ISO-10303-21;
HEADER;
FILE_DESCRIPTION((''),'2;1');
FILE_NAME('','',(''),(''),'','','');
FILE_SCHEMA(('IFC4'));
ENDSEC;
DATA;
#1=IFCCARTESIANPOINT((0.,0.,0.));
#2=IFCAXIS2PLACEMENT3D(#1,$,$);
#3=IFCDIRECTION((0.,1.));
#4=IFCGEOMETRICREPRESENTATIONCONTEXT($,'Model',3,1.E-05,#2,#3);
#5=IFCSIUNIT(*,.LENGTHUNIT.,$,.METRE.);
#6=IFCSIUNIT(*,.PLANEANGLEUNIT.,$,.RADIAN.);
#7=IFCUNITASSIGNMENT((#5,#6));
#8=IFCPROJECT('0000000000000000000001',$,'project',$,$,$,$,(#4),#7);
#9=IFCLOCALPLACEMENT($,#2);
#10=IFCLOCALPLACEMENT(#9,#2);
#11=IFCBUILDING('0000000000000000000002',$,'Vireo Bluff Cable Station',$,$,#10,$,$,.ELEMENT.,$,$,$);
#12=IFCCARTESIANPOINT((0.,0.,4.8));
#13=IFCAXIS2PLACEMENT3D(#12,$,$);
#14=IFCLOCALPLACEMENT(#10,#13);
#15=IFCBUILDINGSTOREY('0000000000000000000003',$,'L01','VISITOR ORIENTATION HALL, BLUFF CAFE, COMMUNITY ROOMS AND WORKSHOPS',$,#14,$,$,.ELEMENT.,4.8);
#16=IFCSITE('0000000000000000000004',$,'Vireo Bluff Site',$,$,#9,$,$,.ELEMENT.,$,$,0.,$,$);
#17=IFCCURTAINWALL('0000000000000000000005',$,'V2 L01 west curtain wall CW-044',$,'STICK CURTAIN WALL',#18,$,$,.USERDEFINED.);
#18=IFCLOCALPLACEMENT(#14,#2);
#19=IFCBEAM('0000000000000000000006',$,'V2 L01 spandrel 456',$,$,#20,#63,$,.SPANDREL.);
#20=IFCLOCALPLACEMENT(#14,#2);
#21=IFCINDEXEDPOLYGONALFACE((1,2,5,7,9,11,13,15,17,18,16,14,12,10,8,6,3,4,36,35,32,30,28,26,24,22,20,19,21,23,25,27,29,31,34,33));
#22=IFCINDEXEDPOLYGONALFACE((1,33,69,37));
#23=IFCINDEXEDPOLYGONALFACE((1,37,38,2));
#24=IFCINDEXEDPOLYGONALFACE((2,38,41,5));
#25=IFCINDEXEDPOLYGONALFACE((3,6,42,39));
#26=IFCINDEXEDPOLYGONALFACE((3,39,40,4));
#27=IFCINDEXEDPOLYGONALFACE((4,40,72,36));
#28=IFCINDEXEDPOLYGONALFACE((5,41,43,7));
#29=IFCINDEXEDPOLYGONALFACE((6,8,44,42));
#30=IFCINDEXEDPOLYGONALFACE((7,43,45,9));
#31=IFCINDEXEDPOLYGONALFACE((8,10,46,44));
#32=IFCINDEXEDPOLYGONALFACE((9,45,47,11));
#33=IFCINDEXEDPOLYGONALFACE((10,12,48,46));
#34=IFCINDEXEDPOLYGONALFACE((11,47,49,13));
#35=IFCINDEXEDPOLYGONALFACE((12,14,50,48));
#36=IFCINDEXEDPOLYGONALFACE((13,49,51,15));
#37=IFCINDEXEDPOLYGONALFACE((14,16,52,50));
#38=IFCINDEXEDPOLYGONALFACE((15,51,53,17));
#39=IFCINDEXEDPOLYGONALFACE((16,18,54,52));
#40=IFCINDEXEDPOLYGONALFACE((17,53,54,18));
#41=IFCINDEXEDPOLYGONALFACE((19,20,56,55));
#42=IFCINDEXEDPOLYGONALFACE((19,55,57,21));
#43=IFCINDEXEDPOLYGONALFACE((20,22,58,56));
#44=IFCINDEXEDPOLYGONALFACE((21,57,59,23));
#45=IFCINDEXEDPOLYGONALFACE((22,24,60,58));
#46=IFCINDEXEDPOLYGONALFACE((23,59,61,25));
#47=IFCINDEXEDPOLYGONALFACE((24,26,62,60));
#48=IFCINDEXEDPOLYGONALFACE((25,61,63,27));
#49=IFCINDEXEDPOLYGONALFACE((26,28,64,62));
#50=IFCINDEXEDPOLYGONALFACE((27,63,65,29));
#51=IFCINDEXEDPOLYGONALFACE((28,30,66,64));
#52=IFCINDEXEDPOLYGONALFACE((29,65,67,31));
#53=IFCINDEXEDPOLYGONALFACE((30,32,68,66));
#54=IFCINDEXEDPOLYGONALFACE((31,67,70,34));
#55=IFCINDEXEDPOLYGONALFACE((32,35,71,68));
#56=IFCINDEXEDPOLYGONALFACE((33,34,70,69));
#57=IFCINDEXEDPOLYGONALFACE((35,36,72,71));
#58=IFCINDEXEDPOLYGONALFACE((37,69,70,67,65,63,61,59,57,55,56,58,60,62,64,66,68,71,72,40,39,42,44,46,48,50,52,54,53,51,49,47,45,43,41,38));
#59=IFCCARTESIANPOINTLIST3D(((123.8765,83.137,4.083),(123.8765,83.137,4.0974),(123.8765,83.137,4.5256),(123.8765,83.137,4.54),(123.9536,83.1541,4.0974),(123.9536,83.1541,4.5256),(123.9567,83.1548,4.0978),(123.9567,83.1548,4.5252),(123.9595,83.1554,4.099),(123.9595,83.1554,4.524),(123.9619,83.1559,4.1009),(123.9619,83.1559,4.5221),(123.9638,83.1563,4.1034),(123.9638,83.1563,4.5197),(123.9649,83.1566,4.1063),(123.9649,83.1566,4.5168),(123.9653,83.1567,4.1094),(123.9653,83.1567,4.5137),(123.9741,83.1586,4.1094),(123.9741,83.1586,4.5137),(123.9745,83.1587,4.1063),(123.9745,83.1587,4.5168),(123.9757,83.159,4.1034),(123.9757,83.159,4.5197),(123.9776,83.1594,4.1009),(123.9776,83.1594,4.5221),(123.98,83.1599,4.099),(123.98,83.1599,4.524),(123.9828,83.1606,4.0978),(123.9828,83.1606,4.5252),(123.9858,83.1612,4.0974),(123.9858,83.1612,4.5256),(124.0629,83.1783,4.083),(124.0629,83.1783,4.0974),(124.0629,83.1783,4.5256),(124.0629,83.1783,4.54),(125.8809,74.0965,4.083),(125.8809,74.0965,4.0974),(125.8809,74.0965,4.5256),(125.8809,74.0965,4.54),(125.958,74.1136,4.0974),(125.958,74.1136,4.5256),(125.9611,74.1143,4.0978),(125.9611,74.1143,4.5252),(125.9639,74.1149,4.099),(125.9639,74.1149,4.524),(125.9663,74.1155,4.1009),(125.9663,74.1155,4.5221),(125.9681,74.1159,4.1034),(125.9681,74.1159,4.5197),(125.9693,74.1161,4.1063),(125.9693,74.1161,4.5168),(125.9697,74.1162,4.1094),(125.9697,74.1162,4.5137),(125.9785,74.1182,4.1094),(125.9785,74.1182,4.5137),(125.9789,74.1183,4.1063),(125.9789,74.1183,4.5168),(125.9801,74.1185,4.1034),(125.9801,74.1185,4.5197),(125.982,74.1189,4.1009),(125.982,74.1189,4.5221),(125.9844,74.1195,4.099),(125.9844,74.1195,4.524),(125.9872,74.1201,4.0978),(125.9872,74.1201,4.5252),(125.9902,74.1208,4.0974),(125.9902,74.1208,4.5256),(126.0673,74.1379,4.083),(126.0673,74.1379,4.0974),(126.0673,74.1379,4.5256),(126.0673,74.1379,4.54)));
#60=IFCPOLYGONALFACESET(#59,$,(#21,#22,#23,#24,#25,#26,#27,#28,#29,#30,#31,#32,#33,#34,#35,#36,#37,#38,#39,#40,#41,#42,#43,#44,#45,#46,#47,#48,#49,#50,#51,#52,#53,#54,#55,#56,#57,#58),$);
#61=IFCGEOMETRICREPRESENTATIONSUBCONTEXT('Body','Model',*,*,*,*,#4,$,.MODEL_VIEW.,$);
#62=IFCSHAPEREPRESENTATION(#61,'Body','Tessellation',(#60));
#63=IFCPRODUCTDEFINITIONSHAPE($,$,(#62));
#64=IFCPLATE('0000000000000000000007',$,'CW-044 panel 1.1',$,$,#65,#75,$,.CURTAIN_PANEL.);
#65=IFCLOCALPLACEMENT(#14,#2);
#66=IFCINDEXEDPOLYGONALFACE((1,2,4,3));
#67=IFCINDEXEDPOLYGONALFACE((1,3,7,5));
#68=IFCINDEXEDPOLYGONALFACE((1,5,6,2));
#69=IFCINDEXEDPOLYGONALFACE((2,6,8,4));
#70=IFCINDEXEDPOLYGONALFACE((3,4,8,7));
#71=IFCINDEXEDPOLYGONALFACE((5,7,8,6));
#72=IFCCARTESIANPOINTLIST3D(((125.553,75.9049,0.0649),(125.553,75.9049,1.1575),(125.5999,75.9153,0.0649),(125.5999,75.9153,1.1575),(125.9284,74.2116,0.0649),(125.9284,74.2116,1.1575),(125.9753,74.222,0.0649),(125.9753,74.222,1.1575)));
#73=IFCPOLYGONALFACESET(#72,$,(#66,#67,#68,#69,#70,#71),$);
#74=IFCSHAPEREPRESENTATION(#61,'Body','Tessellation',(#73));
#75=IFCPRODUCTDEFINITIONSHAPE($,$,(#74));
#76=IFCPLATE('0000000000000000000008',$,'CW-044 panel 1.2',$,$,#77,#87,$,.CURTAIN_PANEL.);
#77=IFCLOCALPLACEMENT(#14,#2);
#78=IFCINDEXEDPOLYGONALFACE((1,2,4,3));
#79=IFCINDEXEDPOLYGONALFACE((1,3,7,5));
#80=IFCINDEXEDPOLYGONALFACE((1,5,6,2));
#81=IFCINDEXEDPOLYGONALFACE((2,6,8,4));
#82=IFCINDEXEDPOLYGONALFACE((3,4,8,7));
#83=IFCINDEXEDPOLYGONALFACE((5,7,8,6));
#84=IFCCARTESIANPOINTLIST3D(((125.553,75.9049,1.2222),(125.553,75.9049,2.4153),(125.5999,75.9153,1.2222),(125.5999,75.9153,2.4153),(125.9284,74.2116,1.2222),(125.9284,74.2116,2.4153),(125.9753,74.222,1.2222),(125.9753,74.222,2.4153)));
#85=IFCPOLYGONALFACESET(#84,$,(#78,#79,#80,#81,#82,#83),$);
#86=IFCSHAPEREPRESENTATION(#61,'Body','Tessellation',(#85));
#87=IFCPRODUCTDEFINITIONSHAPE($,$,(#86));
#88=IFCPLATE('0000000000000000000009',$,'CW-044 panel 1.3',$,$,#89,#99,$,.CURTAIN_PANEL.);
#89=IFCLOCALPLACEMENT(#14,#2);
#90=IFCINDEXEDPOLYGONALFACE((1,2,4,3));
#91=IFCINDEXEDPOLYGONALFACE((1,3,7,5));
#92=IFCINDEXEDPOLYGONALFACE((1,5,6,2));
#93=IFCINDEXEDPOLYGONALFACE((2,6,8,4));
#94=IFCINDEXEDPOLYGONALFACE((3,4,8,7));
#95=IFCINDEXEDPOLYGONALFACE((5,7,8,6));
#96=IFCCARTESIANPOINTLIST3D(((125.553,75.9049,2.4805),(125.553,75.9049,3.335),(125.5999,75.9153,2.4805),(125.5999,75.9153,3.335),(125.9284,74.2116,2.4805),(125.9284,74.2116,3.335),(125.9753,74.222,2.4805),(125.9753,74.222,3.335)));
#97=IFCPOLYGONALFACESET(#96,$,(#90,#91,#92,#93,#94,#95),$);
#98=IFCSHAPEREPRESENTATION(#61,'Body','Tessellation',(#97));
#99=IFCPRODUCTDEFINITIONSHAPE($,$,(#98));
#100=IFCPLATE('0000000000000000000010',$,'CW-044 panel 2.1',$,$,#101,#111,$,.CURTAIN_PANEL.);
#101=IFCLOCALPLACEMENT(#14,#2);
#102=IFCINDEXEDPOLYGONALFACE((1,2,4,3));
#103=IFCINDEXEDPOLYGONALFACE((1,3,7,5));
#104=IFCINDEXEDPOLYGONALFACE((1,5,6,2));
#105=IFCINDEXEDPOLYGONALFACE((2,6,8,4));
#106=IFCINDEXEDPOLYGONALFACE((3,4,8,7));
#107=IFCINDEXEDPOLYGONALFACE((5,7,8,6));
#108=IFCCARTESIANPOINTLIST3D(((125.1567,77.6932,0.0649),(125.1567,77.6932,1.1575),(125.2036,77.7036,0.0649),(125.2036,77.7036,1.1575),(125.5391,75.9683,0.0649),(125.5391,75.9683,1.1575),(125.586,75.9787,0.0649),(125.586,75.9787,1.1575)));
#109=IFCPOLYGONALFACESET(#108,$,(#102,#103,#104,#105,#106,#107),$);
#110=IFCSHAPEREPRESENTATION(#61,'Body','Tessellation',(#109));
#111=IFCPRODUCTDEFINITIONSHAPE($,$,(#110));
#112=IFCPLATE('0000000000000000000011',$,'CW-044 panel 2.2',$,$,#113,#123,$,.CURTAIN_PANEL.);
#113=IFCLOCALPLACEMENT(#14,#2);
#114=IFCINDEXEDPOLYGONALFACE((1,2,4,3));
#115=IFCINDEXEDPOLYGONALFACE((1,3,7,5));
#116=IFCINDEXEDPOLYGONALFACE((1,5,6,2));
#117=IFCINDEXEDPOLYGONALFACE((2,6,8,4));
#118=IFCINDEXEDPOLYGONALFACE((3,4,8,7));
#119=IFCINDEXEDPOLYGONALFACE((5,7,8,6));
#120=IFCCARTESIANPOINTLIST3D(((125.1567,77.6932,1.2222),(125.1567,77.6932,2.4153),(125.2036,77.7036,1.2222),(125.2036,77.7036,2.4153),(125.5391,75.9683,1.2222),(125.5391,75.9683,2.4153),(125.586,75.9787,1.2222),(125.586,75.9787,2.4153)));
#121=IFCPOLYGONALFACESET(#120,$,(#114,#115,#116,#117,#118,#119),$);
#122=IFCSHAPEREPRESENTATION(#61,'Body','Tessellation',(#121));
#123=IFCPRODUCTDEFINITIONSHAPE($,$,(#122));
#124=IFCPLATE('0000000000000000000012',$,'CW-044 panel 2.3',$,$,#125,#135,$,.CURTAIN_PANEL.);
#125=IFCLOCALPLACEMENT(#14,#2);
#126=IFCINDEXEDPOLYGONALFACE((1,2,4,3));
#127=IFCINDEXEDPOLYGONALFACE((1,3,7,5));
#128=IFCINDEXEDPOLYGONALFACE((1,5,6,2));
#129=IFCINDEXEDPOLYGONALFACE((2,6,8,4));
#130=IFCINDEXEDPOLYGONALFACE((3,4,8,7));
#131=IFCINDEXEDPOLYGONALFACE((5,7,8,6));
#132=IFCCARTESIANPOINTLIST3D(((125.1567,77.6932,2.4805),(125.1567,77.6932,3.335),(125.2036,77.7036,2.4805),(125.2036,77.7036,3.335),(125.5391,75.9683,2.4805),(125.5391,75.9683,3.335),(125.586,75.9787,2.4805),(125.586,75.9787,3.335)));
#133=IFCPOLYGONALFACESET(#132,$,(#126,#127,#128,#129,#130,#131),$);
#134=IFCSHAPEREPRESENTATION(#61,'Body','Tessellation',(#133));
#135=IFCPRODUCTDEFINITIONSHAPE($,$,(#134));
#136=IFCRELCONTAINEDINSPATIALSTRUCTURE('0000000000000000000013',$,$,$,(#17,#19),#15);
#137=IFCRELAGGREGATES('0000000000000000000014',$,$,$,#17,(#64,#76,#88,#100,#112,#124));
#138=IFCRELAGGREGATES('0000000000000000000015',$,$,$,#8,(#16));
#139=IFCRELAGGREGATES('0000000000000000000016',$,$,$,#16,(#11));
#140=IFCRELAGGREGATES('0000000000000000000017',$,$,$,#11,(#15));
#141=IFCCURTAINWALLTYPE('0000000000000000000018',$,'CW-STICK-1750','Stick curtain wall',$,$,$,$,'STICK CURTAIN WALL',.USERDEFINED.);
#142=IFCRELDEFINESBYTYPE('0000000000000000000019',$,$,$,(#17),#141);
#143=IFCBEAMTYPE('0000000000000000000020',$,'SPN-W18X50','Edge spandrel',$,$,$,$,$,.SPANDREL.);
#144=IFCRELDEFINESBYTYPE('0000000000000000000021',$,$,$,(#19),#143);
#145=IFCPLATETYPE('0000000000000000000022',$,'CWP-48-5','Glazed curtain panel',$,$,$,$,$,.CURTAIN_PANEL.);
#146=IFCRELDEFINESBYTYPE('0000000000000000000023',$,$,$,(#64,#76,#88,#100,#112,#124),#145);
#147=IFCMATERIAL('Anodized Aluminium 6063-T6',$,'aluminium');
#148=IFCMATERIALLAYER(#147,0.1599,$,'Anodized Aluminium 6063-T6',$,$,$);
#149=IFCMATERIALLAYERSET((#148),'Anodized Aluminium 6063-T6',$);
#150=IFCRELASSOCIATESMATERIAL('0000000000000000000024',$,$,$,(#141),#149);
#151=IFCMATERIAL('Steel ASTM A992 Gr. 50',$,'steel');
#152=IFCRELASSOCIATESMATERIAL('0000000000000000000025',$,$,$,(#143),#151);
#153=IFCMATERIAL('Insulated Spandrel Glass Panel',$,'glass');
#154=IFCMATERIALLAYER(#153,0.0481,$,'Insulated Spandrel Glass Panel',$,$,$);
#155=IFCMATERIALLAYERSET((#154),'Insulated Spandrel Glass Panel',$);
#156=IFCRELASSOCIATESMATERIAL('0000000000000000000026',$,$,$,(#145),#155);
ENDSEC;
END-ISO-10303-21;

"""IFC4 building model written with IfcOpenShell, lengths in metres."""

from ifc_helpers import new_model, si_unit, direction, frame, origin, origin_2d, place, context, subcontext, project, spatial, rectangle, i_section, extrude, material, layer, layer_set, material_profile, profile_set, type_object, element, aggregate, save


model = new_model("IFC4")

# Units and contexts
model_context = context("Model", 3, precision=1e-05, world=origin(), true_north=direction((0.0, 1.0)))
body_context = subcontext(model_context, "Body", "Model", "MODEL_VIEW")
ifc_project = project(units=[si_unit("LENGTHUNIT", "METRE"), si_unit("PLANEANGLEUNIT", "RADIAN")], contexts=[model_context])

# Site, building, storey
site_placement = place(None, origin())
site = spatial("IfcSite", under=ifc_project, at=site_placement, Name="Vireo Bluff Site", CompositionType="ELEMENT", RefElevation=0.0)
building_placement = place(site_placement, origin())
building = spatial("IfcBuilding", under=site, at=building_placement, Name="Vireo Bluff Cable Station", CompositionType="ELEMENT")
storey_placement = place(building_placement, frame((0.0, 0.0, 4.8)))
storey = spatial("IfcBuildingStorey", under=building, at=storey_placement, Name="L01", Description="VISITOR ORIENTATION HALL, BLUFF CAFE, COMMUNITY ROOMS AND WORKSHOPS", CompositionType="ELEMENT", Elevation=4.8)

# Shared definitions
ifc_material_1 = material(Name="Steel ASTM A992 Gr. 50", Category="steel")

# Curtain wall
ifc_material_2 = material(Name="Anodized Aluminium 6063-T6", Category="aluminium")
ifc_layer_1 = layer(ifc_material_2, 0.1599, Name="Anodized Aluminium 6063-T6")
ifc_layer_set_1 = layer_set([ifc_layer_1], Name="Anodized Aluminium 6063-T6")
curtain_wall_type_1 = type_object("IfcCurtainWallType", Name="CW-STICK-1750", Description="Stick curtain wall", ElementType="STICK CURTAIN WALL", PredefinedType="USERDEFINED", material=ifc_layer_set_1)
curtain_wall_1_placement = place(storey_placement, origin())
curtain_wall_1 = element("IfcCurtainWall", 1, at=curtain_wall_1_placement, inside=storey, type_object=curtain_wall_type_1, Name="V2 L01 west curtain wall CW-044", ObjectType="STICK CURTAIN WALL", PredefinedType="USERDEFINED")

# Beam
ifc_material_profile_1 = material_profile(ifc_material_1, i_section(OverallWidth=0.1909, OverallDepth=0.457, WebThickness=0.009, FlangeThickness=0.0144, FilletRadius=0.012, at=origin_2d()), Name="W18X50")
ifc_profile_set_1 = profile_set([ifc_material_profile_1], Name="Steel ASTM A992 Gr. 50")
beam_type_1 = type_object("IfcBeamType", Name="SPN-W18X50", Description="Edge spandrel", PredefinedType="SPANDREL", material=ifc_profile_set_1)
beam_1_placement = place(storey_placement, frame((125.9741, 74.1172, 4.3115), z_axis=(-0.216456, 0.976292, 0.0), x_axis=(-0.976292, -0.216456, 0.0)))
element("IfcBeam", 2, at=beam_1_placement, inside=storey, type_object=beam_type_1, Name="V2 L01 spandrel 456", PredefinedType="SPANDREL", context=body_context, shape_type="SweptSolid", body=[
    extrude(i_section(OverallWidth=0.1909, OverallDepth=0.457, WebThickness=0.009, FlangeThickness=0.0144, FilletRadius=0.012, at=origin_2d()), origin(), (0.0, 0.0, 1.0), 9.26),
])

# Plates
ifc_material_3 = material(Name="Insulated Spandrel Glass Panel", Category="glass")
ifc_layer_2 = layer(ifc_material_3, 0.0481, Name="Insulated Spandrel Glass Panel")
ifc_layer_set_2 = layer_set([ifc_layer_2], Name="Insulated Spandrel Glass Panel")
plate_type = type_object("IfcPlateType", Name="CWP-48-5", Description="Glazed curtain panel", PredefinedType="CURTAIN_PANEL", material=ifc_layer_set_2)
plate_1_placement = place(storey_placement, frame((125.7642, 75.0635, 0.0649), z_axis=(0.0, 0.0, 1.0), x_axis=(-0.21644, 0.976296, 0.0)))
plate_1 = element("IfcPlate", 3, at=plate_1_placement, type_object=plate_type, Name="CW-044 panel 1.1", PredefinedType="CURTAIN_PANEL", context=body_context, shape_type="SweptSolid", body=[
    extrude(rectangle(XDim=1.7344, YDim=0.0481, at=origin_2d()), origin(), (0.0, 0.0, 1.0), 1.0925),
])
plate_2_placement = place(storey_placement, frame((125.7642, 75.0635, 1.2222), z_axis=(0.0, 0.0, 1.0), x_axis=(-0.21644, 0.976296, 0.0)))
plate_2 = element("IfcPlate", 4, at=plate_2_placement, type_object=plate_type, Name="CW-044 panel 1.2", PredefinedType="CURTAIN_PANEL", context=body_context, shape_type="SweptSolid", body=[
    extrude(rectangle(XDim=1.7344, YDim=0.0481, at=origin_2d()), origin(), (0.0, 0.0, 1.0), 1.1931),
])
plate_3_placement = place(storey_placement, frame((125.7642, 75.0635, 2.4805), z_axis=(0.0, 0.0, 1.0), x_axis=(-0.21644, 0.976296, 0.0)))
plate_3 = element("IfcPlate", 5, at=plate_3_placement, type_object=plate_type, Name="CW-044 panel 1.3", PredefinedType="CURTAIN_PANEL", context=body_context, shape_type="SweptSolid", body=[
    extrude(rectangle(XDim=1.7344, YDim=0.0481, at=origin_2d()), origin(), (0.0, 0.0, 1.0), 0.8545),
])
plate_4_placement = place(storey_placement, frame((125.3713, 76.8359, 0.0649), z_axis=(0.0, 0.0, 1.0), x_axis=(-0.21644, 0.976296, 0.0)))
plate_4 = element("IfcPlate", 6, at=plate_4_placement, type_object=plate_type, Name="CW-044 panel 2.1", PredefinedType="CURTAIN_PANEL", context=body_context, shape_type="SweptSolid", body=[
    extrude(rectangle(XDim=1.7668, YDim=0.0481, at=origin_2d()), origin(), (0.0, 0.0, 1.0), 1.0925),
])
plate_5_placement = place(storey_placement, frame((125.3713, 76.8359, 1.2222), z_axis=(0.0, 0.0, 1.0), x_axis=(-0.21644, 0.976296, 0.0)))
plate_5 = element("IfcPlate", 7, at=plate_5_placement, type_object=plate_type, Name="CW-044 panel 2.2", PredefinedType="CURTAIN_PANEL", context=body_context, shape_type="SweptSolid", body=[
    extrude(rectangle(XDim=1.7668, YDim=0.0481, at=origin_2d()), origin(), (0.0, 0.0, 1.0), 1.1931),
])
plate_6_placement = place(storey_placement, frame((125.3713, 76.8359, 2.4805), z_axis=(0.0, 0.0, 1.0), x_axis=(-0.21644, 0.976296, 0.0)))
plate_6 = element("IfcPlate", 8, at=plate_6_placement, type_object=plate_type, Name="CW-044 panel 2.3", PredefinedType="CURTAIN_PANEL", context=body_context, shape_type="SweptSolid", body=[
    extrude(rectangle(XDim=1.7668, YDim=0.0481, at=origin_2d()), origin(), (0.0, 0.0, 1.0), 0.8545),
])
aggregate(curtain_wall_1, [plate_1, plate_2, plate_3, plate_4, plate_5, plate_6])

save(model, "model.ifc")
